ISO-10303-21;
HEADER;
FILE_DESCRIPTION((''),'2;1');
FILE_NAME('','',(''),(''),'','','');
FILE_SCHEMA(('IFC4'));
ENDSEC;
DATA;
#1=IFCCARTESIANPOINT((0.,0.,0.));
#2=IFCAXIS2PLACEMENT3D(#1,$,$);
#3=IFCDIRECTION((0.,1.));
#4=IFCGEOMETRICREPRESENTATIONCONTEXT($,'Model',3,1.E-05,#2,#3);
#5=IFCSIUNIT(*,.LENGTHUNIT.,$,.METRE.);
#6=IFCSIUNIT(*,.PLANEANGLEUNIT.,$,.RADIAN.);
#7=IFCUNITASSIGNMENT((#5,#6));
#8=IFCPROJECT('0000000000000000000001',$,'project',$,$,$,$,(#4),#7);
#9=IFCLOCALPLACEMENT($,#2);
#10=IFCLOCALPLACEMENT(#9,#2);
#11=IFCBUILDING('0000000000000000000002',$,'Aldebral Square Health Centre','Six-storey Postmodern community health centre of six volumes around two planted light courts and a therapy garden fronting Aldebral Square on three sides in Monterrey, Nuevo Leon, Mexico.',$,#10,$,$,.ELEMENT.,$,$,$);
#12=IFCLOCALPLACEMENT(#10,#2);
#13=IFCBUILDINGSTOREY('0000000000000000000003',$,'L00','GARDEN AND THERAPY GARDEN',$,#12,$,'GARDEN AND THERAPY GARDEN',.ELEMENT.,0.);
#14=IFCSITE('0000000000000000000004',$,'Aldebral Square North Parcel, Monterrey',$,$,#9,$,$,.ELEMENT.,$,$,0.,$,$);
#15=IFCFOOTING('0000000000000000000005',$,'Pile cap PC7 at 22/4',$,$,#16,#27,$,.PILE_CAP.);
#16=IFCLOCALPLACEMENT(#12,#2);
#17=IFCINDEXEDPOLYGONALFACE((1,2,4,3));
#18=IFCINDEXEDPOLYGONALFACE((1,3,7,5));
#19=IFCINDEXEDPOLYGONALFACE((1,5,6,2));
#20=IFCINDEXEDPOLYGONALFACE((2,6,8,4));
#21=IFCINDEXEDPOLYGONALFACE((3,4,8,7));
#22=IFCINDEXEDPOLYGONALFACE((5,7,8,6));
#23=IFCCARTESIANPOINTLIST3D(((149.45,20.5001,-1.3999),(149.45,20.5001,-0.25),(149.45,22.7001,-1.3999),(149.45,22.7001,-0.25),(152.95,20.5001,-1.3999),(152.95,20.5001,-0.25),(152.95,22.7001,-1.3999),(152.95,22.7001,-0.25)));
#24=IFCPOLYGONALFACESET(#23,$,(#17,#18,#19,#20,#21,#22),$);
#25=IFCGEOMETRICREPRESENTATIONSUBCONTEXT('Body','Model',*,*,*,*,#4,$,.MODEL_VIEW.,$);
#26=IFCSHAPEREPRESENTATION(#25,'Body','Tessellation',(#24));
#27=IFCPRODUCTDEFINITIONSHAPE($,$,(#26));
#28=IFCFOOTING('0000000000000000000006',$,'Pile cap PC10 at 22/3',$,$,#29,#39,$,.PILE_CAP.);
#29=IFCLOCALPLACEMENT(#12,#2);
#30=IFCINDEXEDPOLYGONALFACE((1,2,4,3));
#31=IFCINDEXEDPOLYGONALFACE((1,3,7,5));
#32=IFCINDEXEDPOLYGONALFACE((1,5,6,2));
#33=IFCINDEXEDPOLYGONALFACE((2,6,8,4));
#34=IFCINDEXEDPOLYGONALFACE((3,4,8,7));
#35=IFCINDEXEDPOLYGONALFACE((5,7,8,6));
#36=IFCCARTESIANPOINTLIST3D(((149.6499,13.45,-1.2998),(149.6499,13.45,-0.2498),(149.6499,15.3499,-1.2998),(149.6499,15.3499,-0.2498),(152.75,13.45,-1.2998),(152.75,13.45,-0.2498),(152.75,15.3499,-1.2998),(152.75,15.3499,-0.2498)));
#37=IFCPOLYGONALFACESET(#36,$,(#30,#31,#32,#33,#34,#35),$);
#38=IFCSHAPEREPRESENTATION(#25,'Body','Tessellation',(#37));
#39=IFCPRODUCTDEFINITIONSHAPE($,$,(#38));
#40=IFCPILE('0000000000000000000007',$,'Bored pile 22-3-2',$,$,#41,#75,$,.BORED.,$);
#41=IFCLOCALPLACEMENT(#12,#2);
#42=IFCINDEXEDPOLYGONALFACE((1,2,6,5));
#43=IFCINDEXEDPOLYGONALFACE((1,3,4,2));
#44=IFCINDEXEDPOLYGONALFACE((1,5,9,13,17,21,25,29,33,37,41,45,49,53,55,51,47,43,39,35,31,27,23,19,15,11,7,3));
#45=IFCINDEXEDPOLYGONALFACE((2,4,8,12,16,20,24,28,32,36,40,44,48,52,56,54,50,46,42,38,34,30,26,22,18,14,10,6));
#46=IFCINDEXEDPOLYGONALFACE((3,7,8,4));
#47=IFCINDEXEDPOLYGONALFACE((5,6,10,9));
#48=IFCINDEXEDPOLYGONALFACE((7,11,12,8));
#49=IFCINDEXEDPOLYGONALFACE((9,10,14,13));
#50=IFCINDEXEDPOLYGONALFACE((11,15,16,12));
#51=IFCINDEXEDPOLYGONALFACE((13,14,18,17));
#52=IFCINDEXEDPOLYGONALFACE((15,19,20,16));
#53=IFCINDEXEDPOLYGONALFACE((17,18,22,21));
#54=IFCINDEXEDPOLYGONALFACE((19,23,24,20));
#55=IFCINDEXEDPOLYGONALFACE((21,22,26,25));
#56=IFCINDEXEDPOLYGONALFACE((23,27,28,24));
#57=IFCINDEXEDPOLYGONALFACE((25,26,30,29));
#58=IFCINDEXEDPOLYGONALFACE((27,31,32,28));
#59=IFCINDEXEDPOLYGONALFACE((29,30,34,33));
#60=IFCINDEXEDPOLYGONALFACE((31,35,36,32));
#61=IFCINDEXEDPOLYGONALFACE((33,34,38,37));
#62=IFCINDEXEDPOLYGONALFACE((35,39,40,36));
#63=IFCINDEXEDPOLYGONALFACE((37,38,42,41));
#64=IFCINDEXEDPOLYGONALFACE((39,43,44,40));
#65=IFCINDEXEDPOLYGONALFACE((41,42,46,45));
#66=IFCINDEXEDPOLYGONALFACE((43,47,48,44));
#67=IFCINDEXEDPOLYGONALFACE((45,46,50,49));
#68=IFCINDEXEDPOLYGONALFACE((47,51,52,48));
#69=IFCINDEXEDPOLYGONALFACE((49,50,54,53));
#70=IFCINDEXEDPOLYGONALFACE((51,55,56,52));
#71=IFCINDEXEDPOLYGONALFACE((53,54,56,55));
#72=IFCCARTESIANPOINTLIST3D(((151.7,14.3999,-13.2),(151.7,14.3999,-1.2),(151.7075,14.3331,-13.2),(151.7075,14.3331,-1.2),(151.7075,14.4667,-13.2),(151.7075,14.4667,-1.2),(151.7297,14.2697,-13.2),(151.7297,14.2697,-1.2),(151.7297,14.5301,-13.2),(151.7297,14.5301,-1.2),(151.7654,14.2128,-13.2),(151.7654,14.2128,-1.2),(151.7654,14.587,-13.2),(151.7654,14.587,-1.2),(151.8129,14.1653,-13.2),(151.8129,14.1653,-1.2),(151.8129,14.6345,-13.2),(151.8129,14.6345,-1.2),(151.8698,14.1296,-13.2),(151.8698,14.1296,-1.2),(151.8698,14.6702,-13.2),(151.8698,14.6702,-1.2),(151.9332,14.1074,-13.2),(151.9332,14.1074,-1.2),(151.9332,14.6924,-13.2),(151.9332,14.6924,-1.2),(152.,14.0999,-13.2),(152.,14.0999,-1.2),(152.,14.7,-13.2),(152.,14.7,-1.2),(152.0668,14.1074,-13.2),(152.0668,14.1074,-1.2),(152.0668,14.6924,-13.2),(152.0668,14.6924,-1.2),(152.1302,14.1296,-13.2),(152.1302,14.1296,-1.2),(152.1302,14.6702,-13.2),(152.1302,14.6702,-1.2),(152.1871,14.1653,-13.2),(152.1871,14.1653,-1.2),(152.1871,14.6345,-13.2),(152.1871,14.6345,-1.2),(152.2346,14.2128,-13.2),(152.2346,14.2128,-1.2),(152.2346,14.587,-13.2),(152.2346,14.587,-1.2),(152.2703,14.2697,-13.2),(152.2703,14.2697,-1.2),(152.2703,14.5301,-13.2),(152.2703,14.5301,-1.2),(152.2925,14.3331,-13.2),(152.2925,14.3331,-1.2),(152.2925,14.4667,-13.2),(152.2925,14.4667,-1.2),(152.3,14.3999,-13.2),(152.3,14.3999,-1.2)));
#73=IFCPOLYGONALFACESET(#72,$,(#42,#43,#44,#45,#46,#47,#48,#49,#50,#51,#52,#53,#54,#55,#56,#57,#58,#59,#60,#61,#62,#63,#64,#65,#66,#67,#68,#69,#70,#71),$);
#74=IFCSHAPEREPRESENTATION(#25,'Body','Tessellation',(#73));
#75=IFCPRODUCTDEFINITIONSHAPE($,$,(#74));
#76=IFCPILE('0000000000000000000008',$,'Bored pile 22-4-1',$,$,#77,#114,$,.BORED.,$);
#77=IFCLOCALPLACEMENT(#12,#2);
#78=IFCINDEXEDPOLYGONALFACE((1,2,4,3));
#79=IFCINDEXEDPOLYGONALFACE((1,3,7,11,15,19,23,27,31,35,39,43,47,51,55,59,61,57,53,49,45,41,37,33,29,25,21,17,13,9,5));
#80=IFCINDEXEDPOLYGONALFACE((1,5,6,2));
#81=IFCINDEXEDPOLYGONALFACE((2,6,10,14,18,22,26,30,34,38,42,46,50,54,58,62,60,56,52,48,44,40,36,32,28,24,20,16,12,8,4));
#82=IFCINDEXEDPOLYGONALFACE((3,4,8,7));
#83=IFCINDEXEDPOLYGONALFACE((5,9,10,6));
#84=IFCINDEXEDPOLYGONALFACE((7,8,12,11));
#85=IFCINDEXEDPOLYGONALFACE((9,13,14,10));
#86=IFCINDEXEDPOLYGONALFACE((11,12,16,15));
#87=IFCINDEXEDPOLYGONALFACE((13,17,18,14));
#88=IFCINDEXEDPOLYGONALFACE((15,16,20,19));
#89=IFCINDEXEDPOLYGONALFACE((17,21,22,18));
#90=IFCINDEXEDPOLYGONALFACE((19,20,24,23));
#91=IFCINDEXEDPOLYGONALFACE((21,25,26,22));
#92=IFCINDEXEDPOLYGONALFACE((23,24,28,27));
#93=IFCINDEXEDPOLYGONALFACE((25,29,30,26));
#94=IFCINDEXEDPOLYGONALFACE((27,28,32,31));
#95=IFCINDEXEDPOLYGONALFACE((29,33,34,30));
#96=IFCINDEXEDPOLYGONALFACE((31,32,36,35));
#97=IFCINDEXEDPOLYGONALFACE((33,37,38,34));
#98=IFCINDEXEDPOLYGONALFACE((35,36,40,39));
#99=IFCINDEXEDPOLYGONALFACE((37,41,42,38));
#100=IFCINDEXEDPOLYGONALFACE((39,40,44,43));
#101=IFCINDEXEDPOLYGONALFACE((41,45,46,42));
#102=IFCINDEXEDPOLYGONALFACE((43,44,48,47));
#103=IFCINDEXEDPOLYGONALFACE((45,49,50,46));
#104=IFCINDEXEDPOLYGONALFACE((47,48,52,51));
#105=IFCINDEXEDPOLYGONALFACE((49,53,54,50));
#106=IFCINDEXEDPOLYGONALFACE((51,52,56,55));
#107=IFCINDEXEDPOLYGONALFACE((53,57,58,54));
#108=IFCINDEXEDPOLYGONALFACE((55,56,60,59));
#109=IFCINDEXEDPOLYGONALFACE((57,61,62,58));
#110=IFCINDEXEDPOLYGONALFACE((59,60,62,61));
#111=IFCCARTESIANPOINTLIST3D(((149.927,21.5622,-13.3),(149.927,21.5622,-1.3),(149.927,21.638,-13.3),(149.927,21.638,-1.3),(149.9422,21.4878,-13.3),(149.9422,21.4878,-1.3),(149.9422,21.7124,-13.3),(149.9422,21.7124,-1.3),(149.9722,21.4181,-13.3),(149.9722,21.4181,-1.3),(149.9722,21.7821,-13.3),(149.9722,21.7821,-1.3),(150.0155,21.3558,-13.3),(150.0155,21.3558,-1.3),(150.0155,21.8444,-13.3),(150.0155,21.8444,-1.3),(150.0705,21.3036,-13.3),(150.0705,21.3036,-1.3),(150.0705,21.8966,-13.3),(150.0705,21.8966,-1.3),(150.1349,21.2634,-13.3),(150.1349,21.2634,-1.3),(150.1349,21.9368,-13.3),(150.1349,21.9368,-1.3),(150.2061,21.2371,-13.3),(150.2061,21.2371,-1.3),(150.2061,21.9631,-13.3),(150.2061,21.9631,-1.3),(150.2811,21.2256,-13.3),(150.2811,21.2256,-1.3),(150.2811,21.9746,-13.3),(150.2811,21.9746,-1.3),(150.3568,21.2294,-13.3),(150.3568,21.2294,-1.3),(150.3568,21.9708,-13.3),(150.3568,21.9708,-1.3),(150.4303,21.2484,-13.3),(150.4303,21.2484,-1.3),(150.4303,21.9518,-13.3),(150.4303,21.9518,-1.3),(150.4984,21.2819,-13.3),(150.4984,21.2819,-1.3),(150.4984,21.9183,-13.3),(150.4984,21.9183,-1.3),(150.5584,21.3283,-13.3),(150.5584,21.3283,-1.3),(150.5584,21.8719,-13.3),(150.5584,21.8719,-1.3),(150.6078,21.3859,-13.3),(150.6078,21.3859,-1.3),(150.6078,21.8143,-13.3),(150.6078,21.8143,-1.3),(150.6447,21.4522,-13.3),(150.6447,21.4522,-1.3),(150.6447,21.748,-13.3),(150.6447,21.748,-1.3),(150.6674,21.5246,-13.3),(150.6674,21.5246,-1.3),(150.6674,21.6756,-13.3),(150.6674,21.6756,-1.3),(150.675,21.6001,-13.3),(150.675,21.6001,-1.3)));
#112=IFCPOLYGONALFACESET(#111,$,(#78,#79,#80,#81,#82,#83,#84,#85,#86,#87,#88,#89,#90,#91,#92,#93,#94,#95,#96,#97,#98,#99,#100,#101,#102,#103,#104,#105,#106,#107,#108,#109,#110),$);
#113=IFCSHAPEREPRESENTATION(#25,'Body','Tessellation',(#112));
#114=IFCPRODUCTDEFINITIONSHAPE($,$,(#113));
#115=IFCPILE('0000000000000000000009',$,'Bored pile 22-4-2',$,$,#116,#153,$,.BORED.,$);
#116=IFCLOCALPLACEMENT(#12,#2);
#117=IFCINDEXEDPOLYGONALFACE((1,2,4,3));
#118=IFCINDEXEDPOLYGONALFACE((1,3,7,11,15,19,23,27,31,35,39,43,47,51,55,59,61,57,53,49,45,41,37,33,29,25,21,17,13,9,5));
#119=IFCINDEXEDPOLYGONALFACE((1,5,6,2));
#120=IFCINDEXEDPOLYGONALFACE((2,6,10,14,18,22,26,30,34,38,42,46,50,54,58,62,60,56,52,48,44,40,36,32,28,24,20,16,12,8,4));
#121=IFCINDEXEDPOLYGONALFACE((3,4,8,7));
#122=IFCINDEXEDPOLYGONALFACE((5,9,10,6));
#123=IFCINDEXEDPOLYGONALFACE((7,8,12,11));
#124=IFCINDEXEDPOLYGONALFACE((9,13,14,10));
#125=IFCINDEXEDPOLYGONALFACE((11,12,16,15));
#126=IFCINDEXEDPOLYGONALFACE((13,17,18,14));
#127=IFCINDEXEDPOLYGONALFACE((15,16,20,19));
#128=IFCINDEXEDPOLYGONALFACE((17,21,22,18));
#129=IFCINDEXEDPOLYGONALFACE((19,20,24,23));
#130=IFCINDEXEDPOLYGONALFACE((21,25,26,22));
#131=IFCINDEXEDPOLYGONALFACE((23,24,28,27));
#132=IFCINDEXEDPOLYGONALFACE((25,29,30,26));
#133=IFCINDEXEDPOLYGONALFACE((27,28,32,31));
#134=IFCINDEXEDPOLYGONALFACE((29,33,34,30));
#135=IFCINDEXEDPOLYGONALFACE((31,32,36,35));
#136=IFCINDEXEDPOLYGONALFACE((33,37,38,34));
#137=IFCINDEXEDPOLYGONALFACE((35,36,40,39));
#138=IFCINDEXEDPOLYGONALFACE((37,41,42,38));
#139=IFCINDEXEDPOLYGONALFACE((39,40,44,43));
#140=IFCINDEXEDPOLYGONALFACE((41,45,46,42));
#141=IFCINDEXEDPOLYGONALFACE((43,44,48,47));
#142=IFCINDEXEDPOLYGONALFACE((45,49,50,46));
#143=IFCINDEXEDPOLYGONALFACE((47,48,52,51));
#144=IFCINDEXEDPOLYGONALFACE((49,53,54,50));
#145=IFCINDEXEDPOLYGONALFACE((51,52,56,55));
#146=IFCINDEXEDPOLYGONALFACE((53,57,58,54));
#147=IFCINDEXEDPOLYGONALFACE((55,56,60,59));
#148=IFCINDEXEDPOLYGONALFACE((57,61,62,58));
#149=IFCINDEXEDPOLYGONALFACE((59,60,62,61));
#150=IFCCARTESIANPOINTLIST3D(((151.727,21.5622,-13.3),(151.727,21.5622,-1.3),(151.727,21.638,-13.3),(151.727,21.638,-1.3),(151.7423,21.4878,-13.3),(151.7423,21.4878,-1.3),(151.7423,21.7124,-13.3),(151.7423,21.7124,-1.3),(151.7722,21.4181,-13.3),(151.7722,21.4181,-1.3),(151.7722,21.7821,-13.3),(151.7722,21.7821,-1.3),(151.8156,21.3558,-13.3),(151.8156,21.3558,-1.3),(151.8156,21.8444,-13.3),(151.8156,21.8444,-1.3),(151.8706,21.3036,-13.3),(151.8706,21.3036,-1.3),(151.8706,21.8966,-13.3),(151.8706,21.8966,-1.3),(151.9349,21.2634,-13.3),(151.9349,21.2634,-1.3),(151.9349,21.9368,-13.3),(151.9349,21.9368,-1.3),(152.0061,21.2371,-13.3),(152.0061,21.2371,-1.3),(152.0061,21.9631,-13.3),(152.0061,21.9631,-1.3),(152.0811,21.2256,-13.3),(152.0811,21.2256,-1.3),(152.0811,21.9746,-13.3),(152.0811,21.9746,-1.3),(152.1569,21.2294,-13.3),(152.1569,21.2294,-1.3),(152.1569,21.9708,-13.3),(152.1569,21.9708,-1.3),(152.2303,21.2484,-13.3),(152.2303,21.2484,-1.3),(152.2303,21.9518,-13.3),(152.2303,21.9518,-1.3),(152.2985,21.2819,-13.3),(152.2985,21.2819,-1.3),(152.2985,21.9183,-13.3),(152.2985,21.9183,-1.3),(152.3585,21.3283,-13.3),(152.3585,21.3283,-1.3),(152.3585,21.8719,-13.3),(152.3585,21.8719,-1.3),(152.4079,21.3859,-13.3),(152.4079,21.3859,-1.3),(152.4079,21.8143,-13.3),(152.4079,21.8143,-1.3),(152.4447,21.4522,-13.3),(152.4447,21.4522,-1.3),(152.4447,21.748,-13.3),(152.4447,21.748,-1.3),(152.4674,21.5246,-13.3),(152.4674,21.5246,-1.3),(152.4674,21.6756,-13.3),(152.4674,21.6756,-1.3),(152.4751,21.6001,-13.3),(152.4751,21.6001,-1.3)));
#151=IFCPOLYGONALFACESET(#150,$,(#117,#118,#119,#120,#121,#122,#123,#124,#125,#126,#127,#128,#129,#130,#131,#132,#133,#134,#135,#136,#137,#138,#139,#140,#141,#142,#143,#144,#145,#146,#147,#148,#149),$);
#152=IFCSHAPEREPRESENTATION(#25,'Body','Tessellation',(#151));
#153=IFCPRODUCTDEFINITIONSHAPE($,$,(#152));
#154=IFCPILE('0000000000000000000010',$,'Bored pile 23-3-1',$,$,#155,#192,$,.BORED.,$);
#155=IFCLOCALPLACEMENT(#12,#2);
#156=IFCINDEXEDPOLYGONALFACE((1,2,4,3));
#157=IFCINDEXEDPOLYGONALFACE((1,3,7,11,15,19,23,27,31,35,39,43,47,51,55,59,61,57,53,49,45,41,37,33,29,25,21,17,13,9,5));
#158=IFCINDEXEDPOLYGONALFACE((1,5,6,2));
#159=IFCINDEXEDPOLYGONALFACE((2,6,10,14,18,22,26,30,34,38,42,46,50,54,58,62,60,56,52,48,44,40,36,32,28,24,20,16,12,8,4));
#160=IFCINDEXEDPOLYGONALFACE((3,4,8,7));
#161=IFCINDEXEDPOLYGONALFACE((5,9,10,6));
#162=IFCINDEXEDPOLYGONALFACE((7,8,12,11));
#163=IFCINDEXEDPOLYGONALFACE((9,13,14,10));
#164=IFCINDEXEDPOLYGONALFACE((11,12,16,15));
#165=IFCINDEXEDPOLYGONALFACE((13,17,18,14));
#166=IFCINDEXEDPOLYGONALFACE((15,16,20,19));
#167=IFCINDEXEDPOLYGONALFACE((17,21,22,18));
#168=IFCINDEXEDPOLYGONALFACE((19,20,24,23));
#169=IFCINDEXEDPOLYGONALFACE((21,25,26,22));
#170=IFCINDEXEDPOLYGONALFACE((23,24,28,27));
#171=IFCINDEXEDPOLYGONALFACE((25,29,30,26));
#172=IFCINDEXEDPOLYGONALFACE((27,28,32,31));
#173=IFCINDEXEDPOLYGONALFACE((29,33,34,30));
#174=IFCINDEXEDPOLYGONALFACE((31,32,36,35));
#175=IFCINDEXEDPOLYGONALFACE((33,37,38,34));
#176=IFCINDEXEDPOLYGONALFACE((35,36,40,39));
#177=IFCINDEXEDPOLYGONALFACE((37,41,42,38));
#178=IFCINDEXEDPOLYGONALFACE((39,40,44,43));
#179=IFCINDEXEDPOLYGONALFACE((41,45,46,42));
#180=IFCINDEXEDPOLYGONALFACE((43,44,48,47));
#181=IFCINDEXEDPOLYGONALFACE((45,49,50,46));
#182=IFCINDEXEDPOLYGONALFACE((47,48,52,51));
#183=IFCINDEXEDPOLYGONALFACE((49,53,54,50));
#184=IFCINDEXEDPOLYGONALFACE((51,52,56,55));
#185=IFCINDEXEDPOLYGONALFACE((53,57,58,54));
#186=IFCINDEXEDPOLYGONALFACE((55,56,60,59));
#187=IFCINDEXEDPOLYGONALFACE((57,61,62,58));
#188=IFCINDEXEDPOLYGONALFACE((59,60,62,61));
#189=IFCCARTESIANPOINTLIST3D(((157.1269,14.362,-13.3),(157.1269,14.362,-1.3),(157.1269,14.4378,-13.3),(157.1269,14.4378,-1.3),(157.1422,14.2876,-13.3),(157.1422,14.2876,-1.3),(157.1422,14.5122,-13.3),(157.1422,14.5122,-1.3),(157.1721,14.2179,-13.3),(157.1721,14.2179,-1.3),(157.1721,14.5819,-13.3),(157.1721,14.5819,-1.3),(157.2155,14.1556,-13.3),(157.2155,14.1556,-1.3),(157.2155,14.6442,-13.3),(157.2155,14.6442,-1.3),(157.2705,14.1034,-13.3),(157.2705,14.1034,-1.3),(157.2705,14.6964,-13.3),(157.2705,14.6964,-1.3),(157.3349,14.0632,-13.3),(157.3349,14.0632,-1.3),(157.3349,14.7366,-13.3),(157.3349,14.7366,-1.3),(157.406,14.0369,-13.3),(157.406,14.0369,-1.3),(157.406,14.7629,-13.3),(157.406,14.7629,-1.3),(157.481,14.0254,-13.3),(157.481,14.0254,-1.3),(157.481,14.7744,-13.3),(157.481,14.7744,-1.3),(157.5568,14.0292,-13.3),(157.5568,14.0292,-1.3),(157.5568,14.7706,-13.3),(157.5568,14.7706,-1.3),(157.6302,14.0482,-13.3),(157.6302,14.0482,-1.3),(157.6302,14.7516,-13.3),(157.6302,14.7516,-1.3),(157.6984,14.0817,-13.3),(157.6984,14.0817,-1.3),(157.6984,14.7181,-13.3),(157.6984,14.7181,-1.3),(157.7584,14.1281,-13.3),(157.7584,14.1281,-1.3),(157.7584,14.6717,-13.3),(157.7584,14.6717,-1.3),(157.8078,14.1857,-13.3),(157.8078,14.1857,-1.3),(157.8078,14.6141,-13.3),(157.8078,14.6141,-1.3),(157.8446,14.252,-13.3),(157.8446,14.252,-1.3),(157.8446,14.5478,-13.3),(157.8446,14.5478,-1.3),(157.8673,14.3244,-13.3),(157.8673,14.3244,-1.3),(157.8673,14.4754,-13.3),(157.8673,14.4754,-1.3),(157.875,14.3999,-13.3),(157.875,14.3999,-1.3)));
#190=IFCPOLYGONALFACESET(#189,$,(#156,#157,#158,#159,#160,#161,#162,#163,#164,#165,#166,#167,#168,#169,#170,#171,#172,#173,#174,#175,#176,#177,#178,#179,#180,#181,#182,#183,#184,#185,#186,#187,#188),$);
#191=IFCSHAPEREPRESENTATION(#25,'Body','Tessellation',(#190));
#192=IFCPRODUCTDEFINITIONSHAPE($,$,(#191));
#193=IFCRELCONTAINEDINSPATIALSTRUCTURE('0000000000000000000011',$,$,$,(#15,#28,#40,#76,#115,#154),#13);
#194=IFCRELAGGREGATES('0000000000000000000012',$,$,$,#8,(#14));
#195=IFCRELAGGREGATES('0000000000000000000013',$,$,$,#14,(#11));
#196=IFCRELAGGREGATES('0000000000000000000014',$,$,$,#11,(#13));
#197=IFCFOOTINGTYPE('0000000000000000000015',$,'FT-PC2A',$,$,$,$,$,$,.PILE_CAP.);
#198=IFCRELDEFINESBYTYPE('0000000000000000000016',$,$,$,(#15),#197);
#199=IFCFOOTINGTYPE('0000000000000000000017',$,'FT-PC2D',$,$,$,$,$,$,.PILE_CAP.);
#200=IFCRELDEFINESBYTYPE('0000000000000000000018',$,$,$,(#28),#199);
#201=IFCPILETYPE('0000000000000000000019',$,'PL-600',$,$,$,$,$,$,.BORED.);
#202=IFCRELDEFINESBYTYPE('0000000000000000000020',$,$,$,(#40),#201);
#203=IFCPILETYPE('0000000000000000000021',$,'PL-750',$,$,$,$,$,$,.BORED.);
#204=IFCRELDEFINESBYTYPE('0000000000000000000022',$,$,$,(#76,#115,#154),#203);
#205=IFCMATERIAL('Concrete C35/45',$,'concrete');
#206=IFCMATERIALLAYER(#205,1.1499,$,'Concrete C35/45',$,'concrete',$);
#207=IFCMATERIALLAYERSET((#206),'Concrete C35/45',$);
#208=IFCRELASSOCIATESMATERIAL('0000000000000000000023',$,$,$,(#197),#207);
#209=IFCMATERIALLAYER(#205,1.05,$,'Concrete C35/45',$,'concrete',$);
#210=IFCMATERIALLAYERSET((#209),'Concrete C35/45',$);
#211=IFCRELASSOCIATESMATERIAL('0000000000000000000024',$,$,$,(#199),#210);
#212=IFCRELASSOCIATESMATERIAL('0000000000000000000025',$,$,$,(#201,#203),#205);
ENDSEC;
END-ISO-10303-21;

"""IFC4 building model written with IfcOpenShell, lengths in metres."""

from ifc_helpers import new_model, si_unit, direction, frame, origin, origin_2d, place, context, subcontext, project, spatial, rectangle, circle, extrude, material, layer, layer_set, material_profile, profile_set, type_object, element, save


model = new_model("IFC4")

# Units and contexts
model_context = context("Model", 3, precision=1e-05, world=origin(), true_north=direction((0.0, 1.0)))
body_context = subcontext(model_context, "Body", "Model", "MODEL_VIEW")
ifc_project = project(units=[si_unit("LENGTHUNIT", "METRE"), si_unit("PLANEANGLEUNIT", "RADIAN")], contexts=[model_context])

# Site, building, storey
site_placement = place(None, origin())
site = spatial("IfcSite", under=ifc_project, at=site_placement, Name="Aldebral Square North Parcel, Monterrey", CompositionType="ELEMENT", RefElevation=0.0)
building_placement = place(site_placement, origin())
building = spatial("IfcBuilding", under=site, at=building_placement, Name="Aldebral Square Health Centre", Description="Six-storey Postmodern community health centre of six volumes around two planted light courts and a therapy garden fronting Aldebral Square on three sides in Monterrey, Nuevo Leon, Mexico.", CompositionType="ELEMENT")
storey_placement = place(building_placement, origin())
storey = spatial("IfcBuildingStorey", under=building, at=storey_placement, Name="L00", Description="GARDEN AND THERAPY GARDEN", LongName="GARDEN AND THERAPY GARDEN", CompositionType="ELEMENT", Elevation=0.0)

# Footings
ifc_material_1 = material(Name="Concrete C35/45", Category="concrete")
ifc_layer_1 = layer(ifc_material_1, 1.1499, Name="Concrete C35/45", Category="concrete")
ifc_layer_set_1 = layer_set([ifc_layer_1], Name="Concrete C35/45")
footing_type_1 = type_object("IfcFootingType", Name="FT-PC2A", PredefinedType="PILE_CAP", material=ifc_layer_set_1)
footing_1_placement = place(storey_placement, frame((151.2, 21.6001, -1.3999), z_axis=(0.0, 0.0, 1.0), x_axis=(1.0, 0.0, 0.0)))
element("IfcFooting", 1, at=footing_1_placement, inside=storey, type_object=footing_type_1, Name="Pile cap PC7 at 22/4", PredefinedType="PILE_CAP", context=body_context, shape_type="SweptSolid", body=[
    extrude(rectangle(XDim=3.5, YDim=2.2, at=origin_2d()), origin(), (0.0, 0.0, 1.0), 1.1499),
])
ifc_layer_2 = layer(ifc_material_1, 1.05, Name="Concrete C35/45", Category="concrete")
ifc_layer_set_2 = layer_set([ifc_layer_2], Name="Concrete C35/45")
footing_type_2 = type_object("IfcFootingType", Name="FT-PC2D", PredefinedType="PILE_CAP", material=ifc_layer_set_2)
footing_2_placement = place(storey_placement, frame((151.2, 14.3999, -1.2998), z_axis=(0.0, 0.0, 1.0), x_axis=(1.0, 0.0, 0.0)))
element("IfcFooting", 2, at=footing_2_placement, inside=storey, type_object=footing_type_2, Name="Pile cap PC10 at 22/3", PredefinedType="PILE_CAP", context=body_context, shape_type="SweptSolid", body=[
    extrude(rectangle(XDim=3.1001, YDim=1.8999, at=origin_2d()), origin(), (0.0, 0.0, 1.0), 1.05),
])

# Piles
ifc_material_profile_1 = material_profile(ifc_material_1, circle(Radius=0.3, at=origin_2d()), Name="PILE D600")
ifc_profile_set_1 = profile_set([ifc_material_profile_1], Name="Concrete C35/45")
pile_type_1 = type_object("IfcPileType", Name="PL-600", PredefinedType="BORED", material=ifc_profile_set_1)
pile_placement = place(storey_placement, frame((152.0, 14.3999, -1.2), z_axis=(0.0, 0.0, -1.0), x_axis=(1.0, 0.0, 0.0)))
element("IfcPile", 3, at=pile_placement, inside=storey, type_object=pile_type_1, Name="Bored pile 22-3-2", PredefinedType="BORED", context=body_context, shape_type="SweptSolid", body=[
    extrude(circle(Radius=0.3, at=origin_2d()), origin(), (0.0, 0.0, 1.0), 12.0),
])
ifc_material_profile_2 = material_profile(ifc_material_1, circle(Radius=0.375, at=origin_2d()), Name="PILE D750")
ifc_profile_set_2 = profile_set([ifc_material_profile_2], Name="Concrete C35/45")
pile_type_2 = type_object("IfcPileType", Name="PL-750", PredefinedType="BORED", material=ifc_profile_set_2)
for number, where, z_axis, x_axis, name in (
    (4, (150.3, 21.6001, -1.3), (0.0, 0.0, -1.0), (1.0, 0.0, 0.0), "Bored pile 22-4-1"),
    (5, (152.1001, 21.6001, -1.3), (0.0, 0.0, -1.0), (1.0, 0.0, 0.0), "Bored pile 22-4-2"),
    (6, (157.5, 14.3999, -1.3), (0.0, 0.0, -1.0), (1.0, 0.0, 0.0), "Bored pile 23-3-1"),
):
    element("IfcPile", number, at=place(storey_placement, frame(where, z_axis=z_axis, x_axis=x_axis)), inside=storey, type_object=pile_type_2, Name=name, PredefinedType="BORED", context=body_context, shape_type="SweptSolid", body=[
        extrude(circle(Radius=0.375, at=origin_2d()), origin(), (0.0, 0.0, 1.0), 12.0),
    ])

save(model, "model.ifc")
